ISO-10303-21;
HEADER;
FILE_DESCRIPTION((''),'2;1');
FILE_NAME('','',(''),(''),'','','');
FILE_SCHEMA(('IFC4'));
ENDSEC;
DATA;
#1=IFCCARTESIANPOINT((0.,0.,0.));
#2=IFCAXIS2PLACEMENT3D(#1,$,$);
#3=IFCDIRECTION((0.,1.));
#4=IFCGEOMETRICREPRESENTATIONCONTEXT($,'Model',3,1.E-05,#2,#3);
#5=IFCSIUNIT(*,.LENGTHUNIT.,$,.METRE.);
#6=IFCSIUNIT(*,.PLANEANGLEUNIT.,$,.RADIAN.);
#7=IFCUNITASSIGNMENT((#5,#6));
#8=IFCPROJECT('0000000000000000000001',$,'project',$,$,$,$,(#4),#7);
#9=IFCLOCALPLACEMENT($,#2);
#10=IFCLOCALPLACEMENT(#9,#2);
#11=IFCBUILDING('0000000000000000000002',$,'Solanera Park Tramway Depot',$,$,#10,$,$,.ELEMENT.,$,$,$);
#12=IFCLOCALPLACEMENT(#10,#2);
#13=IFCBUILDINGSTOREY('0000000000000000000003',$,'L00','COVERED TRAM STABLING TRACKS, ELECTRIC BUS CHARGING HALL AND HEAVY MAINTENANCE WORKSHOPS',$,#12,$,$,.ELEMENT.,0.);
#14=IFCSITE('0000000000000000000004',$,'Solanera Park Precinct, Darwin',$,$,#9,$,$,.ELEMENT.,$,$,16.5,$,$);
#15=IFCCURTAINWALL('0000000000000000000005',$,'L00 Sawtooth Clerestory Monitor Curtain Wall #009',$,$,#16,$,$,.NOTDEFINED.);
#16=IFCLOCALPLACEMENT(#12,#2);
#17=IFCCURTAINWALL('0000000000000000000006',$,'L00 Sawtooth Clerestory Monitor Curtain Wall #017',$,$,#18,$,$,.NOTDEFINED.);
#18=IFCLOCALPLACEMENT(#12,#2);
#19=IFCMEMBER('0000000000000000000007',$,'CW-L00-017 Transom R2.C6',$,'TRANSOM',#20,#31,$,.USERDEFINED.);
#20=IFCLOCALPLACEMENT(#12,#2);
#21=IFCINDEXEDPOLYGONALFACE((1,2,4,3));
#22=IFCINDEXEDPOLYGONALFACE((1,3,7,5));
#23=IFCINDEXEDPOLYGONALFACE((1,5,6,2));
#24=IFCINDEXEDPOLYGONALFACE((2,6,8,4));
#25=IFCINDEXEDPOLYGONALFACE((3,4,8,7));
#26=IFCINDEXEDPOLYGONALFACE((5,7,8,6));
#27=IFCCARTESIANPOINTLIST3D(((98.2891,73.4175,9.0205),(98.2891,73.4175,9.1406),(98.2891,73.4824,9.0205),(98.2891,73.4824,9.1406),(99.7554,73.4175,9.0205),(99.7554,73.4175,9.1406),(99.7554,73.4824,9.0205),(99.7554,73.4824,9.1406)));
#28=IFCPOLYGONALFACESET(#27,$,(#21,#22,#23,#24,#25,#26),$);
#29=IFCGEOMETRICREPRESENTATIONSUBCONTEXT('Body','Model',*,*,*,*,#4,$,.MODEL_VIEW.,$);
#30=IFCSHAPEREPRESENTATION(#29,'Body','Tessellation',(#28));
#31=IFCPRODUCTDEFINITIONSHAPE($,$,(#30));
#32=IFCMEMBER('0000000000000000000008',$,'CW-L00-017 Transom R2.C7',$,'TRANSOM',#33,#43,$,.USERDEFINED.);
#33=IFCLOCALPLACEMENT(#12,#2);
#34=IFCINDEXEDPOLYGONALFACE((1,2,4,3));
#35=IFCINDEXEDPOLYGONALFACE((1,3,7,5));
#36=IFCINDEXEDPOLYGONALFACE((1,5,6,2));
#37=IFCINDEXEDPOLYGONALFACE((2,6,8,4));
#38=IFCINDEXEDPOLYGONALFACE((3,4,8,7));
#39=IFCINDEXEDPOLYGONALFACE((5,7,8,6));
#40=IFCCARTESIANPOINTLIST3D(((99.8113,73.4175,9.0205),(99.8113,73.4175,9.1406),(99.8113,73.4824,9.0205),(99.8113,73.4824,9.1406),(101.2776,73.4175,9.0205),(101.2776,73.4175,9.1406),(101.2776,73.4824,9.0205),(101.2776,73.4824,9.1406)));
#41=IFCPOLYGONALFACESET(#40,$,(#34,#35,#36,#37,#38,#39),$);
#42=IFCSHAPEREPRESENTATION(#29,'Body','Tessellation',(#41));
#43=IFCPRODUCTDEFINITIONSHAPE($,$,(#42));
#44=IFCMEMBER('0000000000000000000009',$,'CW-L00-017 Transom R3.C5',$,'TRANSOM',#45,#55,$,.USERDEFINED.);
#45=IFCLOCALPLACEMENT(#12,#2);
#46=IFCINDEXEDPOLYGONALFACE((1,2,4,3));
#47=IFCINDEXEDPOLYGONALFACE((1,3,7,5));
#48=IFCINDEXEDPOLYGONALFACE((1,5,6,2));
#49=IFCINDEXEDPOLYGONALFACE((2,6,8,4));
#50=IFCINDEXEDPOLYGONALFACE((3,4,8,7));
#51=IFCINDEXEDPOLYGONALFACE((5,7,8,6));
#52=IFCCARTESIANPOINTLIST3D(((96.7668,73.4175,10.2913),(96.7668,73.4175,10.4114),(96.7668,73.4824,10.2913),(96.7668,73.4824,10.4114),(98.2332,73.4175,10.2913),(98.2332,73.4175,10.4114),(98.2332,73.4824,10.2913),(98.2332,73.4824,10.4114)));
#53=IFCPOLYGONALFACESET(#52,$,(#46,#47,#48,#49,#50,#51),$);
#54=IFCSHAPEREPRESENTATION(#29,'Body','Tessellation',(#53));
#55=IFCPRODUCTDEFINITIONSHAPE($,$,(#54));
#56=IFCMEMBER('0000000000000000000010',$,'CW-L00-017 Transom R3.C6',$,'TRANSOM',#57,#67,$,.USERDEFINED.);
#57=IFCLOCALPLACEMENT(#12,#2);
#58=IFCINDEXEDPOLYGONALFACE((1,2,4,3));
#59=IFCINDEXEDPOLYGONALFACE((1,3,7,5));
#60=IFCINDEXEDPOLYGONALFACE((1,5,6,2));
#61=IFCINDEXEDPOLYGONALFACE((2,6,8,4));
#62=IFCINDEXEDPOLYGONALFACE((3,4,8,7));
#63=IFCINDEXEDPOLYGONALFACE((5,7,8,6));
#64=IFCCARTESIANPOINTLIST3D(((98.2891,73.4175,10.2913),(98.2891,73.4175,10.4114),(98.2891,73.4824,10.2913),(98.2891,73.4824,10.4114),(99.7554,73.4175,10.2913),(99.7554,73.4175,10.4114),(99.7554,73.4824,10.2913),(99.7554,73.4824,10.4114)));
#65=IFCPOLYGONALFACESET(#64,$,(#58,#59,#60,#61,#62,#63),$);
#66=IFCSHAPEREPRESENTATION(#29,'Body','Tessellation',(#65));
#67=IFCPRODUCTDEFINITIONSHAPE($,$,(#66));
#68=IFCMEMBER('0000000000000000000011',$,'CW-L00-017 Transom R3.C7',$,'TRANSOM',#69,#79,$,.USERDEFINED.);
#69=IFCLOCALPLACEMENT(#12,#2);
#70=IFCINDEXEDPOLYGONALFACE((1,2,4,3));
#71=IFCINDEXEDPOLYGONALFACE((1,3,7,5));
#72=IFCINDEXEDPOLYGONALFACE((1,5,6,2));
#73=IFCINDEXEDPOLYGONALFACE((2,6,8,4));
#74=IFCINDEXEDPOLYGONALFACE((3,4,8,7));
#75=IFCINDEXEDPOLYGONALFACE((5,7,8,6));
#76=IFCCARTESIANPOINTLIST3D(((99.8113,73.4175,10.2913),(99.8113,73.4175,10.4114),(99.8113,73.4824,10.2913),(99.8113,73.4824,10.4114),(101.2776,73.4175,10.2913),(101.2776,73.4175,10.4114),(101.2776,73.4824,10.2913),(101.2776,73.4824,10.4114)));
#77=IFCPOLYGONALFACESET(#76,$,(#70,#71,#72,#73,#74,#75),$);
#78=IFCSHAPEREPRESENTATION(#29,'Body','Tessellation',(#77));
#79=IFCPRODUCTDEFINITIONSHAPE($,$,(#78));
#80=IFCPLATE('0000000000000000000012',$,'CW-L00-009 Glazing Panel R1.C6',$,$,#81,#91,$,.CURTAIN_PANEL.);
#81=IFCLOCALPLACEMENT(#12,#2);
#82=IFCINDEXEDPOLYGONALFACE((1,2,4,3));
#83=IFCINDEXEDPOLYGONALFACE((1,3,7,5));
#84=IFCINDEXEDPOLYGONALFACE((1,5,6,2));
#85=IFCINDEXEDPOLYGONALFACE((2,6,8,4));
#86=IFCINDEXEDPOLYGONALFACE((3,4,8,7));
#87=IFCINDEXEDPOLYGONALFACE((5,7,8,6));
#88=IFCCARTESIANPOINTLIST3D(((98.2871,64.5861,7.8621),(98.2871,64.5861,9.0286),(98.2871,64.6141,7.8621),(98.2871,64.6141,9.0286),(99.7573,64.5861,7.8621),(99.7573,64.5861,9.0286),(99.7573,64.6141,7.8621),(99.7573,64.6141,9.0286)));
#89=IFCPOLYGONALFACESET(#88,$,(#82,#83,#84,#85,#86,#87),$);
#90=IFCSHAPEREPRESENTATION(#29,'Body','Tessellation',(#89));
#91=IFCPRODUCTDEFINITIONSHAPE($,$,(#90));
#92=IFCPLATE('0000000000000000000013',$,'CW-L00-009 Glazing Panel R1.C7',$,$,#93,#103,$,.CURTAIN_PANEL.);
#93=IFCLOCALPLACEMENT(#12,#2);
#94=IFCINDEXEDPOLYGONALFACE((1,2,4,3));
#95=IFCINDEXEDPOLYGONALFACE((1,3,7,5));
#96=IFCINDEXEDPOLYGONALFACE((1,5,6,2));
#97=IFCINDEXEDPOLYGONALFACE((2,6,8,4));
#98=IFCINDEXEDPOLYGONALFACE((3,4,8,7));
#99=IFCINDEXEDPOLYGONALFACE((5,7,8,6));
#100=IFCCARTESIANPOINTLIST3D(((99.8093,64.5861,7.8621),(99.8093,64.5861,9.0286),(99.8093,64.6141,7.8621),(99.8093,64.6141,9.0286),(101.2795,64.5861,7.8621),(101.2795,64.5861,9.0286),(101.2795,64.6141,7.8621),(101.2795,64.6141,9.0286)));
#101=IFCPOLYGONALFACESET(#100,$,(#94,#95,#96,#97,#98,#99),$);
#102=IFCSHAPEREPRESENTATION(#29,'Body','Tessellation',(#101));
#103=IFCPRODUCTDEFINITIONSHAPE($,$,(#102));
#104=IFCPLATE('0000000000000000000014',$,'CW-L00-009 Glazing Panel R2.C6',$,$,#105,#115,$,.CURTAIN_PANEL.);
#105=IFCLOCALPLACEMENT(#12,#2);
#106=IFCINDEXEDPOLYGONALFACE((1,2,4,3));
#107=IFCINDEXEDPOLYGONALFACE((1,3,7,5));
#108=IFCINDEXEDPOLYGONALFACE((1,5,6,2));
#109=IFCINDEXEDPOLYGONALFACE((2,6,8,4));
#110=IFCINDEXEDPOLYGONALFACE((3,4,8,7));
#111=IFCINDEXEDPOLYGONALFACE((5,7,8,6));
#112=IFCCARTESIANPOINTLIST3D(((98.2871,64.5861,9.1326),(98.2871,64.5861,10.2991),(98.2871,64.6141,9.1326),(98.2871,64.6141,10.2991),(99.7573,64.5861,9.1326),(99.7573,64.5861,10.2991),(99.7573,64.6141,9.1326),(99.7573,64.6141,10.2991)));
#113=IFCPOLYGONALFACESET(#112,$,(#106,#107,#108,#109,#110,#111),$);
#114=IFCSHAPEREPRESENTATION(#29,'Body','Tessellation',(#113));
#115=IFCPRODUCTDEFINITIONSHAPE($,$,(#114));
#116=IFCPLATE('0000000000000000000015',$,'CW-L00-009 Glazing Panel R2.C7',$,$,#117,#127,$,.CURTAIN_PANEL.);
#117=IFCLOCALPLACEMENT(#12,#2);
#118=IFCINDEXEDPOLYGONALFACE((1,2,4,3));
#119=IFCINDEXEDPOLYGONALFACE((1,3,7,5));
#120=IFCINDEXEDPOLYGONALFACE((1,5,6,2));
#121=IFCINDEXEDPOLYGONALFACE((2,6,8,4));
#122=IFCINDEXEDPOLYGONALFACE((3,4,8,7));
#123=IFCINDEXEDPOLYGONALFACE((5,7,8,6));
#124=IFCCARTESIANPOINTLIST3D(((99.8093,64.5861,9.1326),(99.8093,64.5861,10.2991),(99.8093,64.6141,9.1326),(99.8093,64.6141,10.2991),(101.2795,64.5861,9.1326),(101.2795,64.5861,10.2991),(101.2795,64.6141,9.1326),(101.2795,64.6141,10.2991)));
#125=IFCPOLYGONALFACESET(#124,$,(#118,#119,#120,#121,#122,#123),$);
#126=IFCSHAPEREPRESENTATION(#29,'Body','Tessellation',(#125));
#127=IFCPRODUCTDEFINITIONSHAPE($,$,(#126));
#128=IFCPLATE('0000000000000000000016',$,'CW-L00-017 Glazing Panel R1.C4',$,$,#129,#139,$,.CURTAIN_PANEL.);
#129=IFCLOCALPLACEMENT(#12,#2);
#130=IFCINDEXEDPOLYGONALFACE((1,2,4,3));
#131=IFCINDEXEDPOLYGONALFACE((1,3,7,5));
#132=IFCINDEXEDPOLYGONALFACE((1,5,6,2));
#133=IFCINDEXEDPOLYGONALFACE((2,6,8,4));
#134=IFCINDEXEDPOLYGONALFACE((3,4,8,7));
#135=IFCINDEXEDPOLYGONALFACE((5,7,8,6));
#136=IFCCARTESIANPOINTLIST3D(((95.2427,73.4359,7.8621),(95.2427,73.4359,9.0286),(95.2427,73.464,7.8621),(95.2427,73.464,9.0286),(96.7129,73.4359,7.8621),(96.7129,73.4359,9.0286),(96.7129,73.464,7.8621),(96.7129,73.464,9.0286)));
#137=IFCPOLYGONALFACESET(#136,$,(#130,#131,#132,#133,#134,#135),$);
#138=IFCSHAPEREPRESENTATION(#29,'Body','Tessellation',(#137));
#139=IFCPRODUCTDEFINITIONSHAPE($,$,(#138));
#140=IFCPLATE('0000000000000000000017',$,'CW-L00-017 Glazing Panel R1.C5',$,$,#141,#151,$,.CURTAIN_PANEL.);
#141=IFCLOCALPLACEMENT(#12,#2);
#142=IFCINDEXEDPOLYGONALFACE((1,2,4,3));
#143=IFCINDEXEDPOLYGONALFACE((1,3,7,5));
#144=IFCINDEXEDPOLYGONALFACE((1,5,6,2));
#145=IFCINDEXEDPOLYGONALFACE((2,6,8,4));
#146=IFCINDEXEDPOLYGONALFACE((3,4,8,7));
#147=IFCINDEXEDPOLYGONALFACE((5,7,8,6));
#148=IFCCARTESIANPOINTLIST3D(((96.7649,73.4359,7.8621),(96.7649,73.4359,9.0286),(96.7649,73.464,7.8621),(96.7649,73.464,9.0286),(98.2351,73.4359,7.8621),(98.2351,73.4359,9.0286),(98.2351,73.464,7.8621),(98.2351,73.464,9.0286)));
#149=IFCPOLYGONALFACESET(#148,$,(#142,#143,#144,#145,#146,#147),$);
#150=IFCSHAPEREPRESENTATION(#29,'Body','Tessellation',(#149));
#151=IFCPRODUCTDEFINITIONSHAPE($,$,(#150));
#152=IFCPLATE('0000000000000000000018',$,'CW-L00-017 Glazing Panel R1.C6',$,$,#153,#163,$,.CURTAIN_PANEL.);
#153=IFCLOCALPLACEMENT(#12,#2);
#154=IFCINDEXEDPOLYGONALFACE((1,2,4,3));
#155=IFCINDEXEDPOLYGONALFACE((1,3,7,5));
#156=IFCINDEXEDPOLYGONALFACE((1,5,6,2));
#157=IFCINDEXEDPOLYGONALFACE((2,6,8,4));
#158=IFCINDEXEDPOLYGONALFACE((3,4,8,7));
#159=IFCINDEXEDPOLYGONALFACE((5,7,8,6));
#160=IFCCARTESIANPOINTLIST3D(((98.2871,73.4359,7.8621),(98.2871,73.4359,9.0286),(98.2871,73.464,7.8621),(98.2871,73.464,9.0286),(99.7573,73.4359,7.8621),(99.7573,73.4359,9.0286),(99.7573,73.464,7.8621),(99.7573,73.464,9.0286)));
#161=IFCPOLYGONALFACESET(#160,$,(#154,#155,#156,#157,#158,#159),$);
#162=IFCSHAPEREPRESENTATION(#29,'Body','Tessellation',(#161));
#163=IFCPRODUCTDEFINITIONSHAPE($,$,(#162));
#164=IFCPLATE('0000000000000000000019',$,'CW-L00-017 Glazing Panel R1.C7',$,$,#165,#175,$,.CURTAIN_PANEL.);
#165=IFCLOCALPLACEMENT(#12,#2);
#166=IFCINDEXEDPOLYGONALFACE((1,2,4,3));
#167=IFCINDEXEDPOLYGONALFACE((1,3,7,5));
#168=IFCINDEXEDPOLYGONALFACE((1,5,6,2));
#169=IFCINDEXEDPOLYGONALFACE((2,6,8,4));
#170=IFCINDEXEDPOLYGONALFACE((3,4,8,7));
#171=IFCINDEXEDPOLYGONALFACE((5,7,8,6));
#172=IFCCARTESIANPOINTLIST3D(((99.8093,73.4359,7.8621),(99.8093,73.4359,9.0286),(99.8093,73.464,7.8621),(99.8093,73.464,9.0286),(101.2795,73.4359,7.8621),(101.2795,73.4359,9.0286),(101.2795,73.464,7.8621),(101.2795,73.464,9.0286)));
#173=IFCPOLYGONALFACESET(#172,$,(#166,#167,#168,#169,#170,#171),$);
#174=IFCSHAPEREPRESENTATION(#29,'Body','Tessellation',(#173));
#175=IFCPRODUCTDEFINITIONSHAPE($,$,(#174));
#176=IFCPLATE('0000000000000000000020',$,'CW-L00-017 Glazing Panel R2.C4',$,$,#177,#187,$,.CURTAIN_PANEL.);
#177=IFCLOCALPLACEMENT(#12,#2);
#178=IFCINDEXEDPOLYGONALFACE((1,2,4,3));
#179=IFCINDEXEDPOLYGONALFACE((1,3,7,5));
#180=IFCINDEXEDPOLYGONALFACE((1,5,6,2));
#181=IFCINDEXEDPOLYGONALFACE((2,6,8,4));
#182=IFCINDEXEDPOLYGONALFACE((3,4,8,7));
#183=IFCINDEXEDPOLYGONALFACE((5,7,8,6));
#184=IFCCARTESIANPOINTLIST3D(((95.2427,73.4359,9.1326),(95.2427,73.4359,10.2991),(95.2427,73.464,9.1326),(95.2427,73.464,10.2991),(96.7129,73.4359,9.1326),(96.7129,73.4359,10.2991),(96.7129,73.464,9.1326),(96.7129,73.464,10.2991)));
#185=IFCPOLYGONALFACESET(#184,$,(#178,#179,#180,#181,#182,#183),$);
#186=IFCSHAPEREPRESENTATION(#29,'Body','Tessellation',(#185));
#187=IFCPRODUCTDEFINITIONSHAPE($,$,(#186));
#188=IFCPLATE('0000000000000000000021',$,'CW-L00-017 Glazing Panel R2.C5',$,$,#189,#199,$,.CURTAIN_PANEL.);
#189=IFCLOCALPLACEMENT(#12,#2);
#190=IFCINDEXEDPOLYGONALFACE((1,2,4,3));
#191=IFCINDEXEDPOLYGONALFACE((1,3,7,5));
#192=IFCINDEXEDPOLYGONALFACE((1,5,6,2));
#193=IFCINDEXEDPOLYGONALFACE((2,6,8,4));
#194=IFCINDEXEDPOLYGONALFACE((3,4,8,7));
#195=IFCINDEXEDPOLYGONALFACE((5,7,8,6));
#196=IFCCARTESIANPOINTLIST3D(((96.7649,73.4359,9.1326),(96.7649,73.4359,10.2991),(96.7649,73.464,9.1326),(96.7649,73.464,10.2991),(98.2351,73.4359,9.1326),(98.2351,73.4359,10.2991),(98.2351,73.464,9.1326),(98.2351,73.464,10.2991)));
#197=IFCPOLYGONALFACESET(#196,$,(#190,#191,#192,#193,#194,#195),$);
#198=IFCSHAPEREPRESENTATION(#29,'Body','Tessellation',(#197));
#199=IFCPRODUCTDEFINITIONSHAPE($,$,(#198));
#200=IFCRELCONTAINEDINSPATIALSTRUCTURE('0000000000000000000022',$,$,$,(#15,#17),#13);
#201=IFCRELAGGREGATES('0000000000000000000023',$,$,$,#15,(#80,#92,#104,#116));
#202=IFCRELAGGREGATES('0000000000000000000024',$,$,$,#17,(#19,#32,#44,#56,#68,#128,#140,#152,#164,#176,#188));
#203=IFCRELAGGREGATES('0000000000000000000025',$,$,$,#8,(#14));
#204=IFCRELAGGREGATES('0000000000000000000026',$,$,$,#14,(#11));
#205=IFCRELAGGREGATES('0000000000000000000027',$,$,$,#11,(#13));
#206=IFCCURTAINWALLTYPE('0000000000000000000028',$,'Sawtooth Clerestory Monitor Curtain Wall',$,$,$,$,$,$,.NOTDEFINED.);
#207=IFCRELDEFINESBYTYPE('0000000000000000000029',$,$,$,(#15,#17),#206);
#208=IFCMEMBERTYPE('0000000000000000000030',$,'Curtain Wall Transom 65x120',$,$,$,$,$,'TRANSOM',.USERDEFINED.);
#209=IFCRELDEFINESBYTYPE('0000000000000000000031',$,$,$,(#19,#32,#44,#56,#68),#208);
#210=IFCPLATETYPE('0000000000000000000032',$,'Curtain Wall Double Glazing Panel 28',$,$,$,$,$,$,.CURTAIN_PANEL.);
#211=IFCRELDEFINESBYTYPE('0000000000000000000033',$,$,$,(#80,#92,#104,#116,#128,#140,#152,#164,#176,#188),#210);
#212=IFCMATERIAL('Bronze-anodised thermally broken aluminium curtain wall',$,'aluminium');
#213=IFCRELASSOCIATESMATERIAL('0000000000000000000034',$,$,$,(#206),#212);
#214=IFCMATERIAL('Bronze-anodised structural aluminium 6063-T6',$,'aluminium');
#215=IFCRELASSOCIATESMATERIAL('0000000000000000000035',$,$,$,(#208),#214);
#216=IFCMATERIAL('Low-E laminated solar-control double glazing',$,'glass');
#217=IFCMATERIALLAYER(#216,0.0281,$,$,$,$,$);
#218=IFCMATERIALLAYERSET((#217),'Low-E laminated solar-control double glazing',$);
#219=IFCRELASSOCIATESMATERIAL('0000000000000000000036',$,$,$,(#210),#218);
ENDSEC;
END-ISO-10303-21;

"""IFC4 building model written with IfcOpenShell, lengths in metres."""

from ifc_helpers import new_model, si_unit, direction, frame, origin, origin_2d, place, context, subcontext, project, spatial, rectangle, extrude, material, layer, layer_set, material_profile, profile_set, type_object, element, aggregate, save


model = new_model("IFC4")

# Units and contexts
model_context = context("Model", 3, precision=1e-05, world=origin(), true_north=direction((0.0, 1.0)))
body_context = subcontext(model_context, "Body", "Model", "MODEL_VIEW")
ifc_project = project(units=[si_unit("LENGTHUNIT", "METRE"), si_unit("PLANEANGLEUNIT", "RADIAN")], contexts=[model_context])

# Site, building, storey
site_placement = place(None, origin())
site = spatial("IfcSite", under=ifc_project, at=site_placement, Name="Solanera Park Precinct, Darwin", CompositionType="ELEMENT", RefElevation=16.5)
building_placement = place(site_placement, origin())
building = spatial("IfcBuilding", under=site, at=building_placement, Name="Solanera Park Tramway Depot", CompositionType="ELEMENT")
storey_placement = place(building_placement, origin())
storey = spatial("IfcBuildingStorey", under=building, at=storey_placement, Name="L00", Description="COVERED TRAM STABLING TRACKS, ELECTRIC BUS CHARGING HALL AND HEAVY MAINTENANCE WORKSHOPS", CompositionType="ELEMENT", Elevation=0.0)

# Curtain walls
ifc_material_1 = material(Name="Bronze-anodised thermally broken aluminium curtain wall", Category="aluminium")
curtain_wall_type = type_object("IfcCurtainWallType", Name="Sawtooth Clerestory Monitor Curtain Wall", PredefinedType="NOTDEFINED", material=ifc_material_1)
curtain_wall_1_placement = place(storey_placement, origin())
curtain_wall_1 = element("IfcCurtainWall", 1, at=curtain_wall_1_placement, inside=storey, type_object=curtain_wall_type, Name="L00 Sawtooth Clerestory Monitor Curtain Wall #009", PredefinedType="NOTDEFINED")
curtain_wall_2_placement = place(storey_placement, origin())
curtain_wall_2 = element("IfcCurtainWall", 2, at=curtain_wall_2_placement, inside=storey, type_object=curtain_wall_type, Name="L00 Sawtooth Clerestory Monitor Curtain Wall #017", PredefinedType="NOTDEFINED")

# Members
ifc_material_2 = material(Name="Bronze-anodised structural aluminium 6063-T6", Category="aluminium")
ifc_material_profile_1 = material_profile(ifc_material_2, rectangle(XDim=0.0649, YDim=0.1201, at=origin_2d()), Name="Curtain Wall Transom 65x120")
ifc_profile_set_1 = profile_set([ifc_material_profile_1], Name="Bronze-anodised structural aluminium 6063-T6")
member_type_1 = type_object("IfcMemberType", Name="Curtain Wall Transom 65x120", ElementType="TRANSOM", PredefinedType="USERDEFINED", material=ifc_profile_set_1)
member_1_placement = place(storey_placement, frame((98.2891, 73.45, 9.0806), z_axis=(1.0, 0.0, 0.0), x_axis=(0.0, 1.0, 0.0)))
member_1 = element("IfcMember", 3, at=member_1_placement, type_object=member_type_1, Name="CW-L00-017 Transom R2.C6", ObjectType="TRANSOM", PredefinedType="USERDEFINED", context=body_context, shape_type="SweptSolid", body=[
    extrude(rectangle(XDim=0.0649, YDim=0.1201, at=origin_2d()), origin(), (0.0, 0.0, 1.0), 1.4663),
])
member_2_placement = place(storey_placement, frame((99.8113, 73.45, 9.0806), z_axis=(1.0, 0.0, 0.0), x_axis=(0.0, 1.0, 0.0)))
member_2 = element("IfcMember", 4, at=member_2_placement, type_object=member_type_1, Name="CW-L00-017 Transom R2.C7", ObjectType="TRANSOM", PredefinedType="USERDEFINED", context=body_context, shape_type="SweptSolid", body=[
    extrude(rectangle(XDim=0.0649, YDim=0.1201, at=origin_2d()), origin(), (0.0, 0.0, 1.0), 1.4663),
])
member_3_placement = place(storey_placement, frame((96.7668, 73.45, 10.3513), z_axis=(1.0, 0.0, 0.0), x_axis=(0.0, 1.0, 0.0)))
member_3 = element("IfcMember", 5, at=member_3_placement, type_object=member_type_1, Name="CW-L00-017 Transom R3.C5", ObjectType="TRANSOM", PredefinedType="USERDEFINED", context=body_context, shape_type="SweptSolid", body=[
    extrude(rectangle(XDim=0.0649, YDim=0.1201, at=origin_2d()), origin(), (0.0, 0.0, 1.0), 1.4663),
])
member_4_placement = place(storey_placement, frame((98.2891, 73.45, 10.3513), z_axis=(1.0, 0.0, 0.0), x_axis=(0.0, 1.0, 0.0)))
member_4 = element("IfcMember", 6, at=member_4_placement, type_object=member_type_1, Name="CW-L00-017 Transom R3.C6", ObjectType="TRANSOM", PredefinedType="USERDEFINED", context=body_context, shape_type="SweptSolid", body=[
    extrude(rectangle(XDim=0.0649, YDim=0.1201, at=origin_2d()), origin(), (0.0, 0.0, 1.0), 1.4663),
])
member_5_placement = place(storey_placement, frame((99.8113, 73.45, 10.3513), z_axis=(1.0, 0.0, 0.0), x_axis=(0.0, 1.0, 0.0)))
member_5 = element("IfcMember", 7, at=member_5_placement, type_object=member_type_1, Name="CW-L00-017 Transom R3.C7", ObjectType="TRANSOM", PredefinedType="USERDEFINED", context=body_context, shape_type="SweptSolid", body=[
    extrude(rectangle(XDim=0.0649, YDim=0.1201, at=origin_2d()), origin(), (0.0, 0.0, 1.0), 1.4663),
])

# Plates
ifc_material_3 = material(Name="Low-E laminated solar-control double glazing", Category="glass")
ifc_layer = layer(ifc_material_3, 0.0281)
ifc_layer_set = layer_set([ifc_layer], Name="Low-E laminated solar-control double glazing")
plate_type = type_object("IfcPlateType", Name="Curtain Wall Double Glazing Panel 28", PredefinedType="CURTAIN_PANEL", material=ifc_layer_set)
plate_1_placement = place(storey_placement, frame((99.0222, 64.6001, 7.8621), z_axis=(0.0, 0.0, 1.0), x_axis=(1.0, 0.0, 0.0)))
plate_1 = element("IfcPlate", 8, at=plate_1_placement, type_object=plate_type, Name="CW-L00-009 Glazing Panel R1.C6", PredefinedType="CURTAIN_PANEL", context=body_context, shape_type="SweptSolid", body=[
    extrude(rectangle(XDim=1.4702, YDim=0.0281, at=origin_2d()), origin(), (0.0, 0.0, 1.0), 1.1665),
])
plate_2_placement = place(storey_placement, frame((100.5444, 64.6001, 7.8621), z_axis=(0.0, 0.0, 1.0), x_axis=(1.0, 0.0, 0.0)))
plate_2 = element("IfcPlate", 9, at=plate_2_placement, type_object=plate_type, Name="CW-L00-009 Glazing Panel R1.C7", PredefinedType="CURTAIN_PANEL", context=body_context, shape_type="SweptSolid", body=[
    extrude(rectangle(XDim=1.4702, YDim=0.0281, at=origin_2d()), origin(), (0.0, 0.0, 1.0), 1.1665),
])
plate_3_placement = place(storey_placement, frame((99.0222, 64.6001, 9.1326), z_axis=(0.0, 0.0, 1.0), x_axis=(1.0, 0.0, 0.0)))
plate_3 = element("IfcPlate", 10, at=plate_3_placement, type_object=plate_type, Name="CW-L00-009 Glazing Panel R2.C6", PredefinedType="CURTAIN_PANEL", context=body_context, shape_type="SweptSolid", body=[
    extrude(rectangle(XDim=1.4702, YDim=0.0281, at=origin_2d()), origin(), (0.0, 0.0, 1.0), 1.1665),
])
plate_4_placement = place(storey_placement, frame((100.5444, 64.6001, 9.1326), z_axis=(0.0, 0.0, 1.0), x_axis=(1.0, 0.0, 0.0)))
plate_4 = element("IfcPlate", 11, at=plate_4_placement, type_object=plate_type, Name="CW-L00-009 Glazing Panel R2.C7", PredefinedType="CURTAIN_PANEL", context=body_context, shape_type="SweptSolid", body=[
    extrude(rectangle(XDim=1.4702, YDim=0.0281, at=origin_2d()), origin(), (0.0, 0.0, 1.0), 1.1665),
])
aggregate(curtain_wall_1, [plate_1, plate_2, plate_3, plate_4])
plate_5_placement = place(storey_placement, frame((95.9778, 73.45, 7.8621), z_axis=(0.0, 0.0, 1.0), x_axis=(1.0, 0.0, 0.0)))
plate_5 = element("IfcPlate", 12, at=plate_5_placement, type_object=plate_type, Name="CW-L00-017 Glazing Panel R1.C4", PredefinedType="CURTAIN_PANEL", context=body_context, shape_type="SweptSolid", body=[
    extrude(rectangle(XDim=1.4702, YDim=0.0281, at=origin_2d()), origin(), (0.0, 0.0, 1.0), 1.1665),
])
plate_6_placement = place(storey_placement, frame((97.5, 73.45, 7.8621), z_axis=(0.0, 0.0, 1.0), x_axis=(1.0, 0.0, 0.0)))
plate_6 = element("IfcPlate", 13, at=plate_6_placement, type_object=plate_type, Name="CW-L00-017 Glazing Panel R1.C5", PredefinedType="CURTAIN_PANEL", context=body_context, shape_type="SweptSolid", body=[
    extrude(rectangle(XDim=1.4702, YDim=0.0281, at=origin_2d()), origin(), (0.0, 0.0, 1.0), 1.1665),
])
plate_7_placement = place(storey_placement, frame((99.0222, 73.45, 7.8621), z_axis=(0.0, 0.0, 1.0), x_axis=(1.0, 0.0, 0.0)))
plate_7 = element("IfcPlate", 14, at=plate_7_placement, type_object=plate_type, Name="CW-L00-017 Glazing Panel R1.C6", PredefinedType="CURTAIN_PANEL", context=body_context, shape_type="SweptSolid", body=[
    extrude(rectangle(XDim=1.4702, YDim=0.0281, at=origin_2d()), origin(), (0.0, 0.0, 1.0), 1.1665),
])
plate_8_placement = place(storey_placement, frame((100.5444, 73.45, 7.8621), z_axis=(0.0, 0.0, 1.0), x_axis=(1.0, 0.0, 0.0)))
plate_8 = element("IfcPlate", 15, at=plate_8_placement, type_object=plate_type, Name="CW-L00-017 Glazing Panel R1.C7", PredefinedType="CURTAIN_PANEL", context=body_context, shape_type="SweptSolid", body=[
    extrude(rectangle(XDim=1.4702, YDim=0.0281, at=origin_2d()), origin(), (0.0, 0.0, 1.0), 1.1665),
])
plate_9_placement = place(storey_placement, frame((95.9778, 73.45, 9.1326), z_axis=(0.0, 0.0, 1.0), x_axis=(1.0, 0.0, 0.0)))
plate_9 = element("IfcPlate", 16, at=plate_9_placement, type_object=plate_type, Name="CW-L00-017 Glazing Panel R2.C4", PredefinedType="CURTAIN_PANEL", context=body_context, shape_type="SweptSolid", body=[
    extrude(rectangle(XDim=1.4702, YDim=0.0281, at=origin_2d()), origin(), (0.0, 0.0, 1.0), 1.1665),
])
plate_10_placement = place(storey_placement, frame((97.5, 73.45, 9.1326), z_axis=(0.0, 0.0, 1.0), x_axis=(1.0, 0.0, 0.0)))
plate_10 = element("IfcPlate", 17, at=plate_10_placement, type_object=plate_type, Name="CW-L00-017 Glazing Panel R2.C5", PredefinedType="CURTAIN_PANEL", context=body_context, shape_type="SweptSolid", body=[
    extrude(rectangle(XDim=1.4702, YDim=0.0281, at=origin_2d()), origin(), (0.0, 0.0, 1.0), 1.1665),
])
aggregate(curtain_wall_2, [member_1, member_2, member_3, member_4, member_5, plate_5, plate_6, plate_7, plate_8, plate_9, plate_10])

save(model, "model.ifc")
